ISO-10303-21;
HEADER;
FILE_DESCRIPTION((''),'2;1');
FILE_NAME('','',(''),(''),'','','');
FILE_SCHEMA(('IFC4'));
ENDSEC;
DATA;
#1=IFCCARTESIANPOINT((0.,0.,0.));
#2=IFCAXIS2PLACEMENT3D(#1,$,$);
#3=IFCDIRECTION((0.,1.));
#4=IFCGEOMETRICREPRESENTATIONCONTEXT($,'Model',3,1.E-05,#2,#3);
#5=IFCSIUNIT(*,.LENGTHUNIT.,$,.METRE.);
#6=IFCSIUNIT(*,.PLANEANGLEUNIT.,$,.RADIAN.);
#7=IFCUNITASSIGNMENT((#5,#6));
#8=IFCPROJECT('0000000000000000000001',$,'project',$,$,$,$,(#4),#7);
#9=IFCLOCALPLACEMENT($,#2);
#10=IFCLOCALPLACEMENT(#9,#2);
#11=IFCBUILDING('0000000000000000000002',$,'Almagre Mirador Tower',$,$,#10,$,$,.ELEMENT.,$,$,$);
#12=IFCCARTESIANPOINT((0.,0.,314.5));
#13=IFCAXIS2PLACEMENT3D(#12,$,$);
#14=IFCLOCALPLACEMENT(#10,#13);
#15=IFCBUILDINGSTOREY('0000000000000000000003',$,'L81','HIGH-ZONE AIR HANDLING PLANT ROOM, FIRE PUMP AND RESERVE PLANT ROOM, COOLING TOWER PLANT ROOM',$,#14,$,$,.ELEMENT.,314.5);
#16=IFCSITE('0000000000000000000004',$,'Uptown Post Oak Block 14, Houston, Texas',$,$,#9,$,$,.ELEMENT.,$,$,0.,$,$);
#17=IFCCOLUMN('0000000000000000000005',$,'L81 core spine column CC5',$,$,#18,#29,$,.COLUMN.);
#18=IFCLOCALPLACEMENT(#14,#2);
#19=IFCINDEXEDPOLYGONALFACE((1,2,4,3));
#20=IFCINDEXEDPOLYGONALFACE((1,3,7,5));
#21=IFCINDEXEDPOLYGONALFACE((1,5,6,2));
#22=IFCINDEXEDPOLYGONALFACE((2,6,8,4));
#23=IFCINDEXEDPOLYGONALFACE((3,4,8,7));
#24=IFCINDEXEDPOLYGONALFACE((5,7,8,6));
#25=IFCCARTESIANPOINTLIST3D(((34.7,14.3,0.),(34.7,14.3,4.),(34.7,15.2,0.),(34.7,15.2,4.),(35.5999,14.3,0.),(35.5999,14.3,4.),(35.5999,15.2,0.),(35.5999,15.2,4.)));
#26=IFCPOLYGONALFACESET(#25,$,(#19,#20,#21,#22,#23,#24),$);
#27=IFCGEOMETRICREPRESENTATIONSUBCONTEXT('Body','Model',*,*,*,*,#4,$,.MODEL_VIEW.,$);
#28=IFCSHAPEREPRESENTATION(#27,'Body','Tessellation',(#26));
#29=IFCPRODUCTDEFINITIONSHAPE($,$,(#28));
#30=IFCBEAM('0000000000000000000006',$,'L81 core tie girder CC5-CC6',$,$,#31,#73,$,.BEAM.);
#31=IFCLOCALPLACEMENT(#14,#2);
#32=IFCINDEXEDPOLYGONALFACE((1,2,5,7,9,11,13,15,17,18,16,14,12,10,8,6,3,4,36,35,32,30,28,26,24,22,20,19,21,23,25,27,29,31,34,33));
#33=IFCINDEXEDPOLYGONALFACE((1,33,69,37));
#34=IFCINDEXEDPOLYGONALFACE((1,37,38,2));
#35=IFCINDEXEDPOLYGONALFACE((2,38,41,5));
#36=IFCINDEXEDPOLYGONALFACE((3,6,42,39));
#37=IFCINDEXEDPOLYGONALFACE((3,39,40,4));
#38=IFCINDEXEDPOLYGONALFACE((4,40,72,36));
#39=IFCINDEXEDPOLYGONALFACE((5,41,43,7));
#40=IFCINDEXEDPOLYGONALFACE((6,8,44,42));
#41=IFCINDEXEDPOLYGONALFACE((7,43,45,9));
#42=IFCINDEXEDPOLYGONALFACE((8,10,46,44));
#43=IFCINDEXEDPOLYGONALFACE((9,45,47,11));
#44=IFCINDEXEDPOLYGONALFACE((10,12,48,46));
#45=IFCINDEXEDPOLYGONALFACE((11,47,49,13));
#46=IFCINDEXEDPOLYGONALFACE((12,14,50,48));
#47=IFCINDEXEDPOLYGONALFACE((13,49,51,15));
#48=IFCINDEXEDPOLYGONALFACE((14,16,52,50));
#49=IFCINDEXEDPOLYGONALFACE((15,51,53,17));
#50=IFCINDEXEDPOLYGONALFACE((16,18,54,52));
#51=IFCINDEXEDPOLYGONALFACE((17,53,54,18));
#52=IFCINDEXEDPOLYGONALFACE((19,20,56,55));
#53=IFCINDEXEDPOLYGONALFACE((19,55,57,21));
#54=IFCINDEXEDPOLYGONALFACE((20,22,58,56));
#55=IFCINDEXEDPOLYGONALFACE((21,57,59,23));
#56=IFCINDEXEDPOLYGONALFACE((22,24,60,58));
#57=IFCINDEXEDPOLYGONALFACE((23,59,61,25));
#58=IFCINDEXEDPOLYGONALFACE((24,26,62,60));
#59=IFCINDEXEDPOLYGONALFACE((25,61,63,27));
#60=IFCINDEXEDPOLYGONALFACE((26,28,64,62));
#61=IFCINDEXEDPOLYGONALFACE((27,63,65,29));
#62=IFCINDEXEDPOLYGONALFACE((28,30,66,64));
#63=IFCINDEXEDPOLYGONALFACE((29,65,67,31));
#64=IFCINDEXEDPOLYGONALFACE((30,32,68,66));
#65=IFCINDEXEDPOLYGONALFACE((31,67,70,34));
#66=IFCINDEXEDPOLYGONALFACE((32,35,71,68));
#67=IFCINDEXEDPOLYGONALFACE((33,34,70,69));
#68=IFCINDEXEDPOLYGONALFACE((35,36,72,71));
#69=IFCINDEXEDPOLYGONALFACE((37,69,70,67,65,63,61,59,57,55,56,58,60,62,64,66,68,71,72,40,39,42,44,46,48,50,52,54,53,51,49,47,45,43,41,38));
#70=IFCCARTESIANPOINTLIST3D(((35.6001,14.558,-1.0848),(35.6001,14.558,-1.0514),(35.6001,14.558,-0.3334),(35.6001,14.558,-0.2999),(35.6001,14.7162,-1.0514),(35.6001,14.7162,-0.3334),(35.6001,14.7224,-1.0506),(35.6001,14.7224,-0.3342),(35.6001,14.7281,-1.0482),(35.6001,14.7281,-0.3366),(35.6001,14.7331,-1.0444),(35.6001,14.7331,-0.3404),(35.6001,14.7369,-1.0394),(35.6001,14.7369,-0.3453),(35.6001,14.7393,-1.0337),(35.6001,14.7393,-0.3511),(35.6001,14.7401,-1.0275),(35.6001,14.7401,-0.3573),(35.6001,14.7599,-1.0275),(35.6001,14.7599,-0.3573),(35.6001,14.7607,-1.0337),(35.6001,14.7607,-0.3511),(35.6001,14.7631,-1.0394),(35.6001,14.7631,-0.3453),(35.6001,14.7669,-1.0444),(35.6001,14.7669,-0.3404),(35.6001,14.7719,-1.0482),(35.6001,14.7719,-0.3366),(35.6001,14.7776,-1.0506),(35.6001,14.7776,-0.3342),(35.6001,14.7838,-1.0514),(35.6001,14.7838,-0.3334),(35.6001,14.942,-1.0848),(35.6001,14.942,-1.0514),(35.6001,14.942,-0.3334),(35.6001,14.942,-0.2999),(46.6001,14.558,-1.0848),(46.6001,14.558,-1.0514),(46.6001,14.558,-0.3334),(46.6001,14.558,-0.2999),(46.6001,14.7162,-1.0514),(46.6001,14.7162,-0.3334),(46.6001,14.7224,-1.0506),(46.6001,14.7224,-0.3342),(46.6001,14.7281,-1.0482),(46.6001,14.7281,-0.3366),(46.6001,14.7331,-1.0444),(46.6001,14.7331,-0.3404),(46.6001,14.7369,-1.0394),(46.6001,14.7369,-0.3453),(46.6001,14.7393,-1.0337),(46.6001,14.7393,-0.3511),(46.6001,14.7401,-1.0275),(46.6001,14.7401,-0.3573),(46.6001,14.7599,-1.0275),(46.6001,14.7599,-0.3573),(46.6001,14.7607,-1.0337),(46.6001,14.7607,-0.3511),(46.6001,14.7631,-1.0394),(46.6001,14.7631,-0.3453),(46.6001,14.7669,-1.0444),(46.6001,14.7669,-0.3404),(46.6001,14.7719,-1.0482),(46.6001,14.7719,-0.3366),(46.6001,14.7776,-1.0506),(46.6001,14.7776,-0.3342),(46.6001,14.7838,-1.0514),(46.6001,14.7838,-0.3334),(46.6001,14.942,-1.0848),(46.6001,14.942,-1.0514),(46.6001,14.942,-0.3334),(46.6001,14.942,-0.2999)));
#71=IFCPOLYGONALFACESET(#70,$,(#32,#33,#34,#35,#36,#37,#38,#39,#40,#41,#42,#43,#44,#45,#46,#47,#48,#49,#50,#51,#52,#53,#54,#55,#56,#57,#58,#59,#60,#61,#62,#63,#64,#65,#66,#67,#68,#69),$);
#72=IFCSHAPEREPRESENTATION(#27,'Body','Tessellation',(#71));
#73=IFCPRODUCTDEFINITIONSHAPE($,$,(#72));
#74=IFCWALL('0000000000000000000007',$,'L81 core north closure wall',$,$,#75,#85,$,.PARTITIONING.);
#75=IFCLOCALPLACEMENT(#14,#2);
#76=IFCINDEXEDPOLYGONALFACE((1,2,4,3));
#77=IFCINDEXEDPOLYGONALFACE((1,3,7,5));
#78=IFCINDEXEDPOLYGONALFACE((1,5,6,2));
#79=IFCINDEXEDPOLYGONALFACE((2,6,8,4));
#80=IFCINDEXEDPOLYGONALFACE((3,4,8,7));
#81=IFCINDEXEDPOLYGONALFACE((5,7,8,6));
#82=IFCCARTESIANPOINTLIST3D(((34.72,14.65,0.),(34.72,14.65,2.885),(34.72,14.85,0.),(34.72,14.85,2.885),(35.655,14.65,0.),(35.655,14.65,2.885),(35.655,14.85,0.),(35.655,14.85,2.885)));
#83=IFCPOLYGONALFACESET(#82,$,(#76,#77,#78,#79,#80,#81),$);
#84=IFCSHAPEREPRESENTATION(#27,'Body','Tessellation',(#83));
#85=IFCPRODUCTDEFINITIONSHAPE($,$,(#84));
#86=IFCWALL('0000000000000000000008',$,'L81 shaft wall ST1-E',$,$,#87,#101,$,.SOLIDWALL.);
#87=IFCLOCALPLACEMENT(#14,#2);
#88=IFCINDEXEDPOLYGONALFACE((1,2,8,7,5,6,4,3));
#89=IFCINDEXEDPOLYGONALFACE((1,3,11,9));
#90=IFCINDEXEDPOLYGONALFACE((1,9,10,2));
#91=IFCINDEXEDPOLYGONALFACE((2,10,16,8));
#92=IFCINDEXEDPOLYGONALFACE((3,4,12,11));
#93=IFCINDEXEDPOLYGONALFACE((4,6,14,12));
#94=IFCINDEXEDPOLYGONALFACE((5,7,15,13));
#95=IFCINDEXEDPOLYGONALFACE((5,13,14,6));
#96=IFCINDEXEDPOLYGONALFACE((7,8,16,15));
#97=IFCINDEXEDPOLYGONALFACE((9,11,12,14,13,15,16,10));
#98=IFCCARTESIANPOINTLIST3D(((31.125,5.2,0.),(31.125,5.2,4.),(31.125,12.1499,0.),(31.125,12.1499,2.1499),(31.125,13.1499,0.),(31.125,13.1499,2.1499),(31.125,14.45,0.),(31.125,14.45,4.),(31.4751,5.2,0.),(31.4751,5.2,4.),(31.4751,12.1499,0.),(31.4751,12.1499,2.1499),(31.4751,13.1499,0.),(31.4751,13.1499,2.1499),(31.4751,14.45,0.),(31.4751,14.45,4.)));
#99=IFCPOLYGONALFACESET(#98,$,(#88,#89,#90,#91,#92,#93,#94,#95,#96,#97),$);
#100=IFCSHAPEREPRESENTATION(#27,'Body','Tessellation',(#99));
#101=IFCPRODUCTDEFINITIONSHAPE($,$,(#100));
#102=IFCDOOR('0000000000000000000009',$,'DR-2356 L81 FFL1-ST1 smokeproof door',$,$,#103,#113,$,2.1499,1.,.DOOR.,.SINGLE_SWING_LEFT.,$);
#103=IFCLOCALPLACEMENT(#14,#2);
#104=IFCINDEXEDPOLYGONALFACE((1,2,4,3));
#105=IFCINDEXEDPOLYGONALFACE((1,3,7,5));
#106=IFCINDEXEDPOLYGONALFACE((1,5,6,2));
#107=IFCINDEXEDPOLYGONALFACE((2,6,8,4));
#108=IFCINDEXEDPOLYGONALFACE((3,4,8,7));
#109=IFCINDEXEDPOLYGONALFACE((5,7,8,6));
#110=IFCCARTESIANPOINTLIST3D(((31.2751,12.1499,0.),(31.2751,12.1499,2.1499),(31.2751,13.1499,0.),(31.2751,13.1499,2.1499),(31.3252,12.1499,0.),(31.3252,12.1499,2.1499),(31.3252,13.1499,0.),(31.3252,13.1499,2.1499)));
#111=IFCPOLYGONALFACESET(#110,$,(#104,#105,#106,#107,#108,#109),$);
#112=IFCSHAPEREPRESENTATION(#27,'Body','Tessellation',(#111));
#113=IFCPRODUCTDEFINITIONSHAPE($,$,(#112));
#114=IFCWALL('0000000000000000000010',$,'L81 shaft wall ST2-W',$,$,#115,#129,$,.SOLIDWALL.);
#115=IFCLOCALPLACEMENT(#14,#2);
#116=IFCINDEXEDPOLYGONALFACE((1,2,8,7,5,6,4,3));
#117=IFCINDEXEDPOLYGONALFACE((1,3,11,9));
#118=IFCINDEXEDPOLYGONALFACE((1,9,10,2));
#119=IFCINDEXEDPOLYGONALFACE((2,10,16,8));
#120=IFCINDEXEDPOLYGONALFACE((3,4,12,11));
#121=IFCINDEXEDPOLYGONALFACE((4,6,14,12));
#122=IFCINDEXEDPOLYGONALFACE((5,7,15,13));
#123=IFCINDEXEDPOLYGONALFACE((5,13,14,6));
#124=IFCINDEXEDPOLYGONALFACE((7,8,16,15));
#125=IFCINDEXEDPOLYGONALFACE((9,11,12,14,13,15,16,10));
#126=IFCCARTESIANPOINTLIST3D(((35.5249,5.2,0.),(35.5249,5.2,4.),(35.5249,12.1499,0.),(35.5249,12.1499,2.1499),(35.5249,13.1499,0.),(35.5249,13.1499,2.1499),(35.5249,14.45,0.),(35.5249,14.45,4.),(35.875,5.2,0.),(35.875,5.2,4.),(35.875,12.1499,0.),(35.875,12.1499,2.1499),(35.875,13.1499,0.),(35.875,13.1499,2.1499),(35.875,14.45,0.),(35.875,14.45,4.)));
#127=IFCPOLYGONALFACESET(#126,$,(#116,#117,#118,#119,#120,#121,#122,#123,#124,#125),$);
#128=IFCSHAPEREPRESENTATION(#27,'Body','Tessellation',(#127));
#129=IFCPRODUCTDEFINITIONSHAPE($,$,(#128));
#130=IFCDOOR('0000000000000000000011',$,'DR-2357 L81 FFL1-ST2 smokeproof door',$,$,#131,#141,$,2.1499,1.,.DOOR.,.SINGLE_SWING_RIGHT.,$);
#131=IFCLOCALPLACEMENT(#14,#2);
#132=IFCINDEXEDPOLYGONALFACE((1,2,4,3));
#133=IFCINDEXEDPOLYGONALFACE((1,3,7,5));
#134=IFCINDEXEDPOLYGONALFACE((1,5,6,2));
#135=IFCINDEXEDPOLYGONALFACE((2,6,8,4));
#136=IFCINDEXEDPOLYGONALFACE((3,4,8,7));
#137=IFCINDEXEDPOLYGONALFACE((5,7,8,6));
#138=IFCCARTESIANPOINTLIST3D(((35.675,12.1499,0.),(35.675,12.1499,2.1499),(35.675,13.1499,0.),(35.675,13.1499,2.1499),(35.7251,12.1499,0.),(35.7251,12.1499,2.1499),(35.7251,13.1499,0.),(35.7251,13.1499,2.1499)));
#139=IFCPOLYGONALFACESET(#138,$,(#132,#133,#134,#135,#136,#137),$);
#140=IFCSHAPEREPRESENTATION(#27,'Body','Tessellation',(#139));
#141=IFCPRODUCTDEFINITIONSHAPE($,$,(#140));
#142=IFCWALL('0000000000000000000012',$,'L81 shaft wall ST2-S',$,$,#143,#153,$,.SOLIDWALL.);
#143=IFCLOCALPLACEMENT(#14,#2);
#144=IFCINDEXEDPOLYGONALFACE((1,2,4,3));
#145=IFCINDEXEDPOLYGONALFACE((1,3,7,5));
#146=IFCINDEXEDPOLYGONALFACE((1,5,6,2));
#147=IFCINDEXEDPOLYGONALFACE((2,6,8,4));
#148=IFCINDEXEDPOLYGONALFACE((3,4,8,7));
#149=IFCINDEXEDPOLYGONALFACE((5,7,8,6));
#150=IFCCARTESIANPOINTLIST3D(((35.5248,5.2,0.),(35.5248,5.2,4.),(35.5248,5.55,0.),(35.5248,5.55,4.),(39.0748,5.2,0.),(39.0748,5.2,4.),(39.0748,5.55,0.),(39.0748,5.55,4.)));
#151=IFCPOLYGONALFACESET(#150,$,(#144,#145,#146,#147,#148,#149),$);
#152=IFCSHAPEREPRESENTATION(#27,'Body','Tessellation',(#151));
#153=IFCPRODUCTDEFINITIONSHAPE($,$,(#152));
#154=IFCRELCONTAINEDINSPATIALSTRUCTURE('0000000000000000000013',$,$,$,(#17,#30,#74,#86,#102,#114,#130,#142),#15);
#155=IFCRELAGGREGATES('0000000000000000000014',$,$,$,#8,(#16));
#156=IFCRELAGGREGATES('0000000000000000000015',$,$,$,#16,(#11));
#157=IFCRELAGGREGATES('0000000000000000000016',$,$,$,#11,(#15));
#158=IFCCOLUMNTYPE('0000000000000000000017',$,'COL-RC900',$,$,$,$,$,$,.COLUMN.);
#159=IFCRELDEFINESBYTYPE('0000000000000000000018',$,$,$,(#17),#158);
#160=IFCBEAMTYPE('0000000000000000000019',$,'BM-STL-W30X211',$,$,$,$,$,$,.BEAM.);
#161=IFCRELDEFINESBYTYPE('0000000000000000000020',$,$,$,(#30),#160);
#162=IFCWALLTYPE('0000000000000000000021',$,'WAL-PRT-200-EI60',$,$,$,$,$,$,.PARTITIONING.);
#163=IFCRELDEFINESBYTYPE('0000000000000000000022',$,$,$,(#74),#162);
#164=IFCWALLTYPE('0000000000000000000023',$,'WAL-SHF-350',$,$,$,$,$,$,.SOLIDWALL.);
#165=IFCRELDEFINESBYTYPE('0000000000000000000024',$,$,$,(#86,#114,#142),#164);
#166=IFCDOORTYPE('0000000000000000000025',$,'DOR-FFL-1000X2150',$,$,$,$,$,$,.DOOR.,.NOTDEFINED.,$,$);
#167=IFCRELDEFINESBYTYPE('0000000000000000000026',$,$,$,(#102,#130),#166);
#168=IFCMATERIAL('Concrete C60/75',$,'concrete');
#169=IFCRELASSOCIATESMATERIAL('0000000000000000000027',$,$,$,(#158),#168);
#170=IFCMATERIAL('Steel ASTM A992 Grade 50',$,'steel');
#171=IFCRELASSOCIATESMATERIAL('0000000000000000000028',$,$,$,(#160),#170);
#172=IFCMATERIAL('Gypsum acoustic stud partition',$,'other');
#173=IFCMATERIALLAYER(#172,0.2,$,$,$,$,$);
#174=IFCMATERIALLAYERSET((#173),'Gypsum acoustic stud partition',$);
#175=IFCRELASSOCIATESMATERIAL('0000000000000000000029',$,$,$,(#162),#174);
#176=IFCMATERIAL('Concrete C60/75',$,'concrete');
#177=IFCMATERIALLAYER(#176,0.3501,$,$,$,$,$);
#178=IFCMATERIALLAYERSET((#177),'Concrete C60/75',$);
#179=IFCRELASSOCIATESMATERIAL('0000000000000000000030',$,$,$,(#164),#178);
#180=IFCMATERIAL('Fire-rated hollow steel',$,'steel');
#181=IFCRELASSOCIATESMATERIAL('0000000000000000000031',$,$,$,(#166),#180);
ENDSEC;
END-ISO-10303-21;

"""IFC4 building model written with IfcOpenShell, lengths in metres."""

from ifc_helpers import new_model, si_unit, direction, frame, frame_2d, origin, origin_2d, place, context, subcontext, project, spatial, rectangle, i_section, extrude, material, layer, layer_set, material_profile, profile_set, type_object, element, fill, save


model = new_model("IFC4")

# Units and contexts
model_context = context("Model", 3, precision=1e-05, world=origin(), true_north=direction((0.0, 1.0)))
body_context = subcontext(model_context, "Body", "Model", "MODEL_VIEW")
ifc_project = project(units=[si_unit("LENGTHUNIT", "METRE"), si_unit("PLANEANGLEUNIT", "RADIAN")], contexts=[model_context])

# Site, building, storey
site_placement = place(None, origin())
site = spatial("IfcSite", under=ifc_project, at=site_placement, Name="Uptown Post Oak Block 14, Houston, Texas", CompositionType="ELEMENT", RefElevation=0.0)
building_placement = place(site_placement, origin())
building = spatial("IfcBuilding", under=site, at=building_placement, Name="Almagre Mirador Tower", CompositionType="ELEMENT")
storey_placement = place(building_placement, frame((0.0, 0.0, 314.5)))
storey = spatial("IfcBuildingStorey", under=building, at=storey_placement, Name="L81", Description="HIGH-ZONE AIR HANDLING PLANT ROOM, FIRE PUMP AND RESERVE PLANT ROOM, COOLING TOWER PLANT ROOM", CompositionType="ELEMENT", Elevation=314.5)

# Column
ifc_material_1 = material(Name="Concrete C60/75", Category="concrete")
ifc_material_profile_1 = material_profile(ifc_material_1, rectangle(XDim=0.8999, YDim=0.8999, at=origin_2d()), Name="RC900X900")
ifc_profile_set_1 = profile_set([ifc_material_profile_1], Name="Concrete C60/75")
column_type = type_object("IfcColumnType", Name="COL-RC900", PredefinedType="COLUMN", material=ifc_profile_set_1)
column_placement = place(storey_placement, frame((35.1499, 14.75, 0.0), z_axis=(0.0, 0.0, 1.0), x_axis=(1.0, 0.0, 0.0)))
element("IfcColumn", 1, at=column_placement, inside=storey, type_object=column_type, Name="L81 core spine column CC5", PredefinedType="COLUMN", context=body_context, shape_type="SweptSolid", body=[
    extrude(rectangle(XDim=0.8999, YDim=0.8999, at=origin_2d()), origin(), (0.0, 0.0, 1.0), 4.0),
])

# Beam
ifc_material_2 = material(Name="Steel ASTM A992 Grade 50", Category="steel")
ifc_material_profile_2 = material_profile(ifc_material_2, i_section(OverallWidth=0.384, OverallDepth=0.7849, WebThickness=0.0198, FlangeThickness=0.0334, FilletRadius=0.0239, at=origin_2d()), Name="W30X211")
ifc_profile_set_2 = profile_set([ifc_material_profile_2], Name="Steel ASTM A992 Grade 50")
beam_type = type_object("IfcBeamType", Name="BM-STL-W30X211", PredefinedType="BEAM", material=ifc_profile_set_2)
beam_placement = place(storey_placement, frame((35.6001, 14.75, -0.6924), z_axis=(1.0, 0.0, 0.0), x_axis=(0.0, 1.0, 0.0)))
element("IfcBeam", 2, at=beam_placement, inside=storey, type_object=beam_type, Name="L81 core tie girder CC5-CC6", PredefinedType="BEAM", context=body_context, shape_type="SweptSolid", body=[
    extrude(i_section(OverallWidth=0.384, OverallDepth=0.7849, WebThickness=0.0198, FlangeThickness=0.0334, FilletRadius=0.0239, at=origin_2d()), origin(), (0.0, 0.0, 1.0), 11.0),
])

# Wall
ifc_material_3 = material(Name="Gypsum acoustic stud partition", Category="other")
ifc_layer_1 = layer(ifc_material_3, 0.2)
ifc_layer_set_1 = layer_set([ifc_layer_1], Name="Gypsum acoustic stud partition")
wall_type_1 = type_object("IfcWallType", Name="WAL-PRT-200-EI60", PredefinedType="PARTITIONING", material=ifc_layer_set_1)
wall_1_placement = place(storey_placement, frame((34.72, 14.75, 0.0), z_axis=(0.0, 0.0, 1.0), x_axis=(1.0, 0.0, 0.0)))
element("IfcWall", 3, at=wall_1_placement, inside=storey, type_object=wall_type_1, Name="L81 core north closure wall", PredefinedType="PARTITIONING", context=body_context, shape_type="SweptSolid", body=[
    extrude(rectangle(XDim=0.9351, YDim=0.2, at=frame_2d((0.4675, 0.0))), origin(), (0.0, 0.0, 1.0), 2.885),
])

# Walls, openings, doors
ifc_material_4 = material(Name="Concrete C60/75", Category="concrete")
ifc_layer_2 = layer(ifc_material_4, 0.3501)
ifc_layer_set_2 = layer_set([ifc_layer_2], Name="Concrete C60/75")
wall_type_2 = type_object("IfcWallType", Name="WAL-SHF-350", PredefinedType="SOLIDWALL", material=ifc_layer_set_2)
wall_2_placement = place(storey_placement, frame((31.3, 5.2, 0.0), z_axis=(0.0, 0.0, 1.0), x_axis=(0.0, 1.0, 0.0)))
wall_2 = element("IfcWall", 4, at=wall_2_placement, inside=storey, type_object=wall_type_2, Name="L81 shaft wall ST1-E", PredefinedType="SOLIDWALL", context=body_context, shape_type="SweptSolid", body=[
    extrude(rectangle(XDim=9.25, YDim=0.3501, at=frame_2d((4.625, 0.0))), origin(), (0.0, 0.0, 1.0), 4.0),
])
opening_1_placement = place(wall_2_placement, frame((6.95, 0.0, 0.0)))
opening_1 = element("IfcOpeningElement", 5, at=opening_1_placement, cuts=wall_2, PredefinedType="OPENING", context=body_context, shape_type="SweptSolid", body=[
    extrude(rectangle(XDim=1.0, YDim=2.1499, at=frame_2d((0.5, 1.075))), frame((0.0, 0.185, 0.0), z_axis=(0.0, -1.0, 0.0), x_axis=(1.0, 0.0, 0.0)), (0.0, 0.0, 1.0), 0.3701),
])
ifc_material_5 = material(Name="Fire-rated hollow steel", Category="steel")
door_type_1 = type_object("IfcDoorType", Name="DOR-FFL-1000X2150", OperationType="NOTDEFINED", PredefinedType="DOOR", material=ifc_material_5)
door_1_placement = place(opening_1_placement, origin())
door_1 = element("IfcDoor", 6, at=door_1_placement, inside=storey, type_object=door_type_1, Name="DR-2356 L81 FFL1-ST1 smokeproof door", OperationType="SINGLE_SWING_LEFT", OverallHeight=2.1499, OverallWidth=1.0, PredefinedType="DOOR", context=body_context, shape_type="SweptSolid", body=[
    extrude(rectangle(XDim=1.0, YDim=2.1499, at=frame_2d((0.5, 1.075))), frame((0.0, 0.0249, 0.0), z_axis=(0.0, -1.0, 0.0), x_axis=(1.0, 0.0, 0.0)), (0.0, 0.0, 1.0), 0.05),
])
fill(opening_1, door_1)
wall_3_placement = place(storey_placement, frame((35.7, 5.2, 0.0), z_axis=(0.0, 0.0, 1.0), x_axis=(0.0, 1.0, 0.0)))
wall_3 = element("IfcWall", 7, at=wall_3_placement, inside=storey, type_object=wall_type_2, Name="L81 shaft wall ST2-W", PredefinedType="SOLIDWALL", context=body_context, shape_type="SweptSolid", body=[
    extrude(rectangle(XDim=9.25, YDim=0.3501, at=frame_2d((4.625, 0.0))), origin(), (0.0, 0.0, 1.0), 4.0),
])
opening_2_placement = place(wall_3_placement, frame((6.95, 0.0, 0.0)))
opening_2 = element("IfcOpeningElement", 8, at=opening_2_placement, cuts=wall_3, PredefinedType="OPENING", context=body_context, shape_type="SweptSolid", body=[
    extrude(rectangle(XDim=1.0, YDim=2.1499, at=frame_2d((0.5, 1.075))), frame((0.0, 0.185, 0.0), z_axis=(0.0, -1.0, 0.0), x_axis=(1.0, 0.0, 0.0)), (0.0, 0.0, 1.0), 0.3701),
])
door_2_placement = place(opening_2_placement, origin())
door_2 = element("IfcDoor", 9, at=door_2_placement, inside=storey, type_object=door_type_1, Name="DR-2357 L81 FFL1-ST2 smokeproof door", OperationType="SINGLE_SWING_RIGHT", OverallHeight=2.1499, OverallWidth=1.0, PredefinedType="DOOR", context=body_context, shape_type="SweptSolid", body=[
    extrude(rectangle(XDim=1.0, YDim=2.1499, at=frame_2d((0.5, 1.075))), frame((0.0, 0.0249, 0.0), z_axis=(0.0, -1.0, 0.0), x_axis=(1.0, 0.0, 0.0)), (0.0, 0.0, 1.0), 0.05),
])
fill(opening_2, door_2)

# Wall
wall_4_placement = place(storey_placement, frame((35.5249, 5.375, 0.0), z_axis=(0.0, 0.0, 1.0), x_axis=(1.0, 0.0, 0.0)))
element("IfcWall", 10, at=wall_4_placement, inside=storey, type_object=wall_type_2, Name="L81 shaft wall ST2-S", PredefinedType="SOLIDWALL", context=body_context, shape_type="SweptSolid", body=[
    extrude(rectangle(XDim=3.55, YDim=0.3501, at=frame_2d((1.7749, 0.0))), origin(), (0.0, 0.0, 1.0), 4.0),
])

save(model, "model.ifc")
